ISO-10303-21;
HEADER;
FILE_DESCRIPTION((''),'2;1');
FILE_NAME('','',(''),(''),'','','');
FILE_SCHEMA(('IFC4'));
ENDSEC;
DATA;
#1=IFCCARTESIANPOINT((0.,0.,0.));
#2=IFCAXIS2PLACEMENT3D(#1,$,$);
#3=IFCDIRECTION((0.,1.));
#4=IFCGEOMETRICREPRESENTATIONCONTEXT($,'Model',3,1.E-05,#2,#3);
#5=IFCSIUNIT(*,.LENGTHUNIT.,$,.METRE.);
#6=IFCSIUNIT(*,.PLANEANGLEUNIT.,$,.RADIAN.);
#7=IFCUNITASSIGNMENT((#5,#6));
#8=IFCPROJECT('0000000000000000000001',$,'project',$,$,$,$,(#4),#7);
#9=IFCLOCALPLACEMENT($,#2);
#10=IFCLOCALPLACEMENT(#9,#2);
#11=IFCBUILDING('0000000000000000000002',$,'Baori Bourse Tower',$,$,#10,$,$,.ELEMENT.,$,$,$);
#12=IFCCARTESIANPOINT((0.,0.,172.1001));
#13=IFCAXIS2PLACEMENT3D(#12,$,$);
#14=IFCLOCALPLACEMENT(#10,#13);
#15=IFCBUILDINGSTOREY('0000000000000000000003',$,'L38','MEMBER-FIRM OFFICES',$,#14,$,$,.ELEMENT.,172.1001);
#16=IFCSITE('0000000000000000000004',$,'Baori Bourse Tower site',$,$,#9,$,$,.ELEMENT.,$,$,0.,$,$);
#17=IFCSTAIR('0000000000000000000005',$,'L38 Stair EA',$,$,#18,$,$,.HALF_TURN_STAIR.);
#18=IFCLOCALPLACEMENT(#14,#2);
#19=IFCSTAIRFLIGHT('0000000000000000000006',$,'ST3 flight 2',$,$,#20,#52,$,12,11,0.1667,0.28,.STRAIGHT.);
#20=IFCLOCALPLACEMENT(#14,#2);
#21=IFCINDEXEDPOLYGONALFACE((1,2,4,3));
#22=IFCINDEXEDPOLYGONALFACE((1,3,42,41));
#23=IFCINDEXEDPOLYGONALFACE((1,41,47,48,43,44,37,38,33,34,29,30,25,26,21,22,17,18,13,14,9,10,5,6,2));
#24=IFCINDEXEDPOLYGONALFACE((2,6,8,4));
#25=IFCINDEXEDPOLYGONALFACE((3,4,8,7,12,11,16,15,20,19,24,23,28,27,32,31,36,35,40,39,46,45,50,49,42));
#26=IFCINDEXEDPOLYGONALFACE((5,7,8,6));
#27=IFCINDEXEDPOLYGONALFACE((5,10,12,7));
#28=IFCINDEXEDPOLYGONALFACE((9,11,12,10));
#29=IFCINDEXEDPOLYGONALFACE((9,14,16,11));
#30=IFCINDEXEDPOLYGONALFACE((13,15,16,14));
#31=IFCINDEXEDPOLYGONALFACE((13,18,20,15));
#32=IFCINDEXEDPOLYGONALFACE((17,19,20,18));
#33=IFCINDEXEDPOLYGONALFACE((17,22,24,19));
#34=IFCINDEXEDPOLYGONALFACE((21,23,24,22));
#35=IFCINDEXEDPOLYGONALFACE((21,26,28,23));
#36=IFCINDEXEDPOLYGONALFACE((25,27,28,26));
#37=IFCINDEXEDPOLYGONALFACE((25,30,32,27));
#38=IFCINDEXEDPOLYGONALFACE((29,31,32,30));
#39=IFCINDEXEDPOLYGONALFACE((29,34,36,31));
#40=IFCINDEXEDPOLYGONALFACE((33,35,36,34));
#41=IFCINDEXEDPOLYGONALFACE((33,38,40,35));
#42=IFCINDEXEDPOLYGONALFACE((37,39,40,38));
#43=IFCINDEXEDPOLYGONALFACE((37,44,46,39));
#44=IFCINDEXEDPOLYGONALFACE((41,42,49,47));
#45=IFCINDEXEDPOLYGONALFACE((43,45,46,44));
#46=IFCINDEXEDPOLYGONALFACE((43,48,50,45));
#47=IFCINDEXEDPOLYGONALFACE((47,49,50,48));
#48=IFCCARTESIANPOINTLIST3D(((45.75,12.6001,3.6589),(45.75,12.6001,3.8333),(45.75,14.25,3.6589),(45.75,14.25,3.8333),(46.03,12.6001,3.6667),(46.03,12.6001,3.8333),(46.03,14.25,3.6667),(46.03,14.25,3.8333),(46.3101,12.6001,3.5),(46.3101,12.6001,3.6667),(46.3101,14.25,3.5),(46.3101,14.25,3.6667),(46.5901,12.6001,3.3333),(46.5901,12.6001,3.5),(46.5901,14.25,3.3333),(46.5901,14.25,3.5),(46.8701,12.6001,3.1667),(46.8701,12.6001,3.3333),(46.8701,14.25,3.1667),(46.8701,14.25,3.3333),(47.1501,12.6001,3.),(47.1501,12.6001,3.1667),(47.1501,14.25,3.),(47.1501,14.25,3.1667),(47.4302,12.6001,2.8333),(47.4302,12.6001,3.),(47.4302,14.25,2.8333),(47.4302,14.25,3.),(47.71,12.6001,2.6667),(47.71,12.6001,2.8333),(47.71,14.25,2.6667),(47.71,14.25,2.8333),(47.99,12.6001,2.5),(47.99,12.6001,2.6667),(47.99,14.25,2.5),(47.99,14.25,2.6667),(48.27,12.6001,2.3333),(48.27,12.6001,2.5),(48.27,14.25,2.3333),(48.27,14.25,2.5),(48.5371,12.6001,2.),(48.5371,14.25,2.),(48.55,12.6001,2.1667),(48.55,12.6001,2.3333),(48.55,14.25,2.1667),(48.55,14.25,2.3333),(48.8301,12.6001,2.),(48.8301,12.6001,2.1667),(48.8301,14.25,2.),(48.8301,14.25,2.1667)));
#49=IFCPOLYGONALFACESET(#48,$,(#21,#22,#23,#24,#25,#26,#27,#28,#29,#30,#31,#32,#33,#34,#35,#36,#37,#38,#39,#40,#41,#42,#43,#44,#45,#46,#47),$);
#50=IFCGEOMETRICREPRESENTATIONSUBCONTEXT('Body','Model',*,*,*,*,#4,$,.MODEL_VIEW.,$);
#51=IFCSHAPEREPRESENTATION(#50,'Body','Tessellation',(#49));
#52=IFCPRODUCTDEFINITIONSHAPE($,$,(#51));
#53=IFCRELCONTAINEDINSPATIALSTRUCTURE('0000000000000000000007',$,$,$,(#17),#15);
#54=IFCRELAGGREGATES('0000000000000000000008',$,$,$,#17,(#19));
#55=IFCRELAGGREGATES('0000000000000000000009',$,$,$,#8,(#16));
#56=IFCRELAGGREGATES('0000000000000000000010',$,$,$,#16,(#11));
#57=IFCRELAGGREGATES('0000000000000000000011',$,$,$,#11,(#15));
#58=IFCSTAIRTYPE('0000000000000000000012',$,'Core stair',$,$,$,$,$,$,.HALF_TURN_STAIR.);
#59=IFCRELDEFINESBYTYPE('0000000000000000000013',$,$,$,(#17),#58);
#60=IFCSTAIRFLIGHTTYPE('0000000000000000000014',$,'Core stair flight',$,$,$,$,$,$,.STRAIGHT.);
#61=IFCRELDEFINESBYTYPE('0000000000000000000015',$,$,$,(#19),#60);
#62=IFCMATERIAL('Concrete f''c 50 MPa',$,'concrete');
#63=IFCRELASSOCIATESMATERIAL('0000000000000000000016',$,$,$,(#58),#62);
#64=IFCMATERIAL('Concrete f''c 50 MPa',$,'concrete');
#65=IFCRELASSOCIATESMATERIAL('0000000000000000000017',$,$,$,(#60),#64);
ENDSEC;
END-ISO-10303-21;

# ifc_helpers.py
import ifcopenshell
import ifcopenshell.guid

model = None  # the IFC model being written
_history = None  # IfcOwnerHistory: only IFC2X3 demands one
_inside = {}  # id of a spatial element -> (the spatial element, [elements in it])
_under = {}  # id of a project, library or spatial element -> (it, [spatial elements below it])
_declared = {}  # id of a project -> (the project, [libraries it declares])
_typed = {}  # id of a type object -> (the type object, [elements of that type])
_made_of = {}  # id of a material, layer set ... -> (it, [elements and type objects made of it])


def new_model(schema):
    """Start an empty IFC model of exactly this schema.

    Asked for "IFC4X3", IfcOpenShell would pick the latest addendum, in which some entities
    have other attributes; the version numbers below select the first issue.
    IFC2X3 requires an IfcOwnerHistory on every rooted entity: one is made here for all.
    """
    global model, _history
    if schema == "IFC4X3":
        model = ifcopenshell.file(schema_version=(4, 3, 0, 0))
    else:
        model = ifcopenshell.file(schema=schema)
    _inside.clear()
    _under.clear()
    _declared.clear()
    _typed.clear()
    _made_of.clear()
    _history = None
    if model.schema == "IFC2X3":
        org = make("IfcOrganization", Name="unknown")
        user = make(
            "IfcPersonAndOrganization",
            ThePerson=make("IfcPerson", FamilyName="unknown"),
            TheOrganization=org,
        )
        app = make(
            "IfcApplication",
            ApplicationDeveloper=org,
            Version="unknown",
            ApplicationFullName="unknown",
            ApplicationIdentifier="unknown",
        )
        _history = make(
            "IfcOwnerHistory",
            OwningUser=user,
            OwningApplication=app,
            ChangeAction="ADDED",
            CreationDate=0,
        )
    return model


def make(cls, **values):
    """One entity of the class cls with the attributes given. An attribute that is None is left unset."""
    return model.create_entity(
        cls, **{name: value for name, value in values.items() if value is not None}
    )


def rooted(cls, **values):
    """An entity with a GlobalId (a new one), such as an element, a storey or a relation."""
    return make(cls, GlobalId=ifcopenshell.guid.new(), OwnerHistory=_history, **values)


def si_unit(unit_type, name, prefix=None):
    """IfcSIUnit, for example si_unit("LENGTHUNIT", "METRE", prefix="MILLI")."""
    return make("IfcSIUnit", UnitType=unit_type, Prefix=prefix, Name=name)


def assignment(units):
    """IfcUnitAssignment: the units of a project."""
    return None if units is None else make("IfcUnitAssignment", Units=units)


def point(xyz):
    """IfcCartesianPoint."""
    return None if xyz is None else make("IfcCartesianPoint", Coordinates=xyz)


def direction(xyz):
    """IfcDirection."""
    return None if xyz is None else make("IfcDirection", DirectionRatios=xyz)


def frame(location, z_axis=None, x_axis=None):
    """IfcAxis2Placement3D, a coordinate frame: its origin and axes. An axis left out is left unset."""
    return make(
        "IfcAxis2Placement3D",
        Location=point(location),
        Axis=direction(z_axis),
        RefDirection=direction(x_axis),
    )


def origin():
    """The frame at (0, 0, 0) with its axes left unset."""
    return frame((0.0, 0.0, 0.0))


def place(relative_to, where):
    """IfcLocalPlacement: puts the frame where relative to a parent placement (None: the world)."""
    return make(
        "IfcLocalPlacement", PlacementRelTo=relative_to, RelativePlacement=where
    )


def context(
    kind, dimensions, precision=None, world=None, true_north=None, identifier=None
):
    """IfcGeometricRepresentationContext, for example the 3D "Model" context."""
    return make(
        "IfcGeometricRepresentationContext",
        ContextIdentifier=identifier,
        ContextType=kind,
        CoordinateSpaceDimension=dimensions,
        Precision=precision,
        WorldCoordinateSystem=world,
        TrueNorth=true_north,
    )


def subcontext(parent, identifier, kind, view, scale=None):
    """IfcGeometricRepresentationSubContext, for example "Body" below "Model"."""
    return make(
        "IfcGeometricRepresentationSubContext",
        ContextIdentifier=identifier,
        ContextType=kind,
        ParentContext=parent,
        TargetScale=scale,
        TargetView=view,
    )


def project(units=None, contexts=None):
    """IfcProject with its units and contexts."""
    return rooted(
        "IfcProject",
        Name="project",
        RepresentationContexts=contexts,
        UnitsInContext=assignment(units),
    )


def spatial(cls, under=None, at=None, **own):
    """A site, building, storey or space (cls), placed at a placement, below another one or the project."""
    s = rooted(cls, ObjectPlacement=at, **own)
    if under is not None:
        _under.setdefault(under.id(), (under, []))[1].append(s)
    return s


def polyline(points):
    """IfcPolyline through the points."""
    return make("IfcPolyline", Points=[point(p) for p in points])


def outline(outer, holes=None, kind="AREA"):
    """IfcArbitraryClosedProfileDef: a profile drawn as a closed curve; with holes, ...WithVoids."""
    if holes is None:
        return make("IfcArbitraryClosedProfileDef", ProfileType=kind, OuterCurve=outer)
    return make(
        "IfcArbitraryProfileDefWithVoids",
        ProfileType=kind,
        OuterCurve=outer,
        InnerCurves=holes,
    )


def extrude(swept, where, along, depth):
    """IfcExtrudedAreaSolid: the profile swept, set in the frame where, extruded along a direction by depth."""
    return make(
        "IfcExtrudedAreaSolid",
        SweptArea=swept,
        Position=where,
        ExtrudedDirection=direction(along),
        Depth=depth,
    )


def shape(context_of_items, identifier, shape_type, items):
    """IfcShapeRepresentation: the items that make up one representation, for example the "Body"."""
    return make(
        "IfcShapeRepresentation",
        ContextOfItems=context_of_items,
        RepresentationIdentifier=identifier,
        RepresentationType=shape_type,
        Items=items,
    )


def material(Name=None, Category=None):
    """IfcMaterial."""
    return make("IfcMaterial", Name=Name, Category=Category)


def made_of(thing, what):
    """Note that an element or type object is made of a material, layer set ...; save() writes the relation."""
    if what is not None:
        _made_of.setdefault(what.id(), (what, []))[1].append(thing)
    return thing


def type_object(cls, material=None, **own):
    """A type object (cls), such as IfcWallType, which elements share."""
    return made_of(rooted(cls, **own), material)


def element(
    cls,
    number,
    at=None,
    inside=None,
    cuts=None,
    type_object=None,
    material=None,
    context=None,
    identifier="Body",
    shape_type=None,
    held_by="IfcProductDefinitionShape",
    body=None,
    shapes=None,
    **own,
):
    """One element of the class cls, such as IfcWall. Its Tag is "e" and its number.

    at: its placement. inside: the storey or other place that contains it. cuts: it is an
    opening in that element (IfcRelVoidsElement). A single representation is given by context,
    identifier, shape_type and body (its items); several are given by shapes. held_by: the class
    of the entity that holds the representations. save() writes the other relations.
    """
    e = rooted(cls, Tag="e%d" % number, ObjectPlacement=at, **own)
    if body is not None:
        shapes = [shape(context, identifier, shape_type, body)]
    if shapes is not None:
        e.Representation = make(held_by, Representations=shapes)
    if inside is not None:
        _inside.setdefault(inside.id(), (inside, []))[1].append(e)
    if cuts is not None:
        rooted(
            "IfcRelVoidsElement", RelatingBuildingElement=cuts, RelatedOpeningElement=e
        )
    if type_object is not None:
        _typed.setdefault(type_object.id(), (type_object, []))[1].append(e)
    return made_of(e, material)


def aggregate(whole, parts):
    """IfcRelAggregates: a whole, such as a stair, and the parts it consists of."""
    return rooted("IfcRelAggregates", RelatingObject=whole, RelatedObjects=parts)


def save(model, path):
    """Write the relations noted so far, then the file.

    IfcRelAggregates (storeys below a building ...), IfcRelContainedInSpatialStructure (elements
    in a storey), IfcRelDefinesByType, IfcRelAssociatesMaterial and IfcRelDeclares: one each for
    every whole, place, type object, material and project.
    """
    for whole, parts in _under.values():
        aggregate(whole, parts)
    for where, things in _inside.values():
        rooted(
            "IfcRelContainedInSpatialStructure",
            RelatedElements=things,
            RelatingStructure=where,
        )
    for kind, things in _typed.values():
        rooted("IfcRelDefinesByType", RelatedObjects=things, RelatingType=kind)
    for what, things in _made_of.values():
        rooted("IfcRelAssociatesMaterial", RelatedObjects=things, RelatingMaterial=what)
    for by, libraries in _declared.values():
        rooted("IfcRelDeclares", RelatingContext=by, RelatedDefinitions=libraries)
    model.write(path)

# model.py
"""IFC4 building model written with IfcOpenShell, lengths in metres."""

from ifc_helpers import new_model, si_unit, direction, frame, origin, place, context, subcontext, project, spatial, polyline, outline, extrude, material, type_object, element, aggregate, save


model = new_model("IFC4")

# Units and contexts
model_context = context("Model", 3, precision=1e-05, world=origin(), true_north=direction((0.0, 1.0)))
body_context = subcontext(model_context, "Body", "Model", "MODEL_VIEW")
ifc_project = project(units=[si_unit("LENGTHUNIT", "METRE"), si_unit("PLANEANGLEUNIT", "RADIAN")], contexts=[model_context])

# Site, building, storey
site_placement = place(None, origin())
site = spatial("IfcSite", under=ifc_project, at=site_placement, Name="Baori Bourse Tower site", CompositionType="ELEMENT", RefElevation=0.0)
building_placement = place(site_placement, origin())
building = spatial("IfcBuilding", under=site, at=building_placement, Name="Baori Bourse Tower", CompositionType="ELEMENT")
storey_placement = place(building_placement, frame((0.0, 0.0, 172.1001)))
storey = spatial("IfcBuildingStorey", under=building, at=storey_placement, Name="L38", Description="MEMBER-FIRM OFFICES", CompositionType="ELEMENT", Elevation=172.1001)

# Stair, stair flight
ifc_material_1 = material(Name="Concrete f'c 50 MPa", Category="concrete")
stair_type = type_object("IfcStairType", Name="Core stair", PredefinedType="HALF_TURN_STAIR", material=ifc_material_1)
stair_placement = place(storey_placement, origin())
stair = element("IfcStair", 1, at=stair_placement, inside=storey, type_object=stair_type, Name="L38 Stair EA", PredefinedType="HALF_TURN_STAIR")
ifc_material_2 = material(Name="Concrete f'c 50 MPa", Category="concrete")
stair_flight_type = type_object("IfcStairFlightType", Name="Core stair flight", PredefinedType="STRAIGHT", material=ifc_material_2)
stair_flight_1_placement = place(storey_placement, frame((48.8301, 13.425, 2.0), z_axis=(0.0, 0.0, 1.0), x_axis=(-1.0, 0.0, 0.0)))
stair_flight_1 = element("IfcStairFlight", 2, at=stair_flight_1_placement, type_object=stair_flight_type, Name="ST3 flight 2", NumberOfRisers=12, NumberOfTreads=11, PredefinedType="STRAIGHT", RiserHeight=0.1667, TreadLength=0.28, context=body_context, shape_type="SweptSolid", body=[
    extrude(outline(polyline([(0.0, 0.0), (0.0, 0.1667), (0.28, 0.1667), (0.28, 0.3333), (0.5601, 0.3333), (0.5601, 0.5), (0.8401, 0.5), (0.8401, 0.6667), (1.1201, 0.6667), (1.1201, 0.8333), (1.3999, 0.8333), (1.3999, 1.0), (1.6799, 1.0), (1.6799, 1.1667), (1.96, 1.1667), (1.96, 1.3333), (2.24, 1.3333), (2.24, 1.5), (2.52, 1.5), (2.52, 1.6667), (2.8, 1.6667), (2.8, 1.8333), (3.0801, 1.8333), (3.0801, 2.0), (3.0801, 1.6589), (0.293, 0.0), (0.0, 0.0)])), frame((0.0, 0.825, 0.0), z_axis=(0.0, -1.0, 0.0), x_axis=(1.0, 0.0, 0.0)), (0.0, 0.0, 1.0), 1.6499),
])
aggregate(stair, [stair_flight_1])

save(model, "model.ifc")
